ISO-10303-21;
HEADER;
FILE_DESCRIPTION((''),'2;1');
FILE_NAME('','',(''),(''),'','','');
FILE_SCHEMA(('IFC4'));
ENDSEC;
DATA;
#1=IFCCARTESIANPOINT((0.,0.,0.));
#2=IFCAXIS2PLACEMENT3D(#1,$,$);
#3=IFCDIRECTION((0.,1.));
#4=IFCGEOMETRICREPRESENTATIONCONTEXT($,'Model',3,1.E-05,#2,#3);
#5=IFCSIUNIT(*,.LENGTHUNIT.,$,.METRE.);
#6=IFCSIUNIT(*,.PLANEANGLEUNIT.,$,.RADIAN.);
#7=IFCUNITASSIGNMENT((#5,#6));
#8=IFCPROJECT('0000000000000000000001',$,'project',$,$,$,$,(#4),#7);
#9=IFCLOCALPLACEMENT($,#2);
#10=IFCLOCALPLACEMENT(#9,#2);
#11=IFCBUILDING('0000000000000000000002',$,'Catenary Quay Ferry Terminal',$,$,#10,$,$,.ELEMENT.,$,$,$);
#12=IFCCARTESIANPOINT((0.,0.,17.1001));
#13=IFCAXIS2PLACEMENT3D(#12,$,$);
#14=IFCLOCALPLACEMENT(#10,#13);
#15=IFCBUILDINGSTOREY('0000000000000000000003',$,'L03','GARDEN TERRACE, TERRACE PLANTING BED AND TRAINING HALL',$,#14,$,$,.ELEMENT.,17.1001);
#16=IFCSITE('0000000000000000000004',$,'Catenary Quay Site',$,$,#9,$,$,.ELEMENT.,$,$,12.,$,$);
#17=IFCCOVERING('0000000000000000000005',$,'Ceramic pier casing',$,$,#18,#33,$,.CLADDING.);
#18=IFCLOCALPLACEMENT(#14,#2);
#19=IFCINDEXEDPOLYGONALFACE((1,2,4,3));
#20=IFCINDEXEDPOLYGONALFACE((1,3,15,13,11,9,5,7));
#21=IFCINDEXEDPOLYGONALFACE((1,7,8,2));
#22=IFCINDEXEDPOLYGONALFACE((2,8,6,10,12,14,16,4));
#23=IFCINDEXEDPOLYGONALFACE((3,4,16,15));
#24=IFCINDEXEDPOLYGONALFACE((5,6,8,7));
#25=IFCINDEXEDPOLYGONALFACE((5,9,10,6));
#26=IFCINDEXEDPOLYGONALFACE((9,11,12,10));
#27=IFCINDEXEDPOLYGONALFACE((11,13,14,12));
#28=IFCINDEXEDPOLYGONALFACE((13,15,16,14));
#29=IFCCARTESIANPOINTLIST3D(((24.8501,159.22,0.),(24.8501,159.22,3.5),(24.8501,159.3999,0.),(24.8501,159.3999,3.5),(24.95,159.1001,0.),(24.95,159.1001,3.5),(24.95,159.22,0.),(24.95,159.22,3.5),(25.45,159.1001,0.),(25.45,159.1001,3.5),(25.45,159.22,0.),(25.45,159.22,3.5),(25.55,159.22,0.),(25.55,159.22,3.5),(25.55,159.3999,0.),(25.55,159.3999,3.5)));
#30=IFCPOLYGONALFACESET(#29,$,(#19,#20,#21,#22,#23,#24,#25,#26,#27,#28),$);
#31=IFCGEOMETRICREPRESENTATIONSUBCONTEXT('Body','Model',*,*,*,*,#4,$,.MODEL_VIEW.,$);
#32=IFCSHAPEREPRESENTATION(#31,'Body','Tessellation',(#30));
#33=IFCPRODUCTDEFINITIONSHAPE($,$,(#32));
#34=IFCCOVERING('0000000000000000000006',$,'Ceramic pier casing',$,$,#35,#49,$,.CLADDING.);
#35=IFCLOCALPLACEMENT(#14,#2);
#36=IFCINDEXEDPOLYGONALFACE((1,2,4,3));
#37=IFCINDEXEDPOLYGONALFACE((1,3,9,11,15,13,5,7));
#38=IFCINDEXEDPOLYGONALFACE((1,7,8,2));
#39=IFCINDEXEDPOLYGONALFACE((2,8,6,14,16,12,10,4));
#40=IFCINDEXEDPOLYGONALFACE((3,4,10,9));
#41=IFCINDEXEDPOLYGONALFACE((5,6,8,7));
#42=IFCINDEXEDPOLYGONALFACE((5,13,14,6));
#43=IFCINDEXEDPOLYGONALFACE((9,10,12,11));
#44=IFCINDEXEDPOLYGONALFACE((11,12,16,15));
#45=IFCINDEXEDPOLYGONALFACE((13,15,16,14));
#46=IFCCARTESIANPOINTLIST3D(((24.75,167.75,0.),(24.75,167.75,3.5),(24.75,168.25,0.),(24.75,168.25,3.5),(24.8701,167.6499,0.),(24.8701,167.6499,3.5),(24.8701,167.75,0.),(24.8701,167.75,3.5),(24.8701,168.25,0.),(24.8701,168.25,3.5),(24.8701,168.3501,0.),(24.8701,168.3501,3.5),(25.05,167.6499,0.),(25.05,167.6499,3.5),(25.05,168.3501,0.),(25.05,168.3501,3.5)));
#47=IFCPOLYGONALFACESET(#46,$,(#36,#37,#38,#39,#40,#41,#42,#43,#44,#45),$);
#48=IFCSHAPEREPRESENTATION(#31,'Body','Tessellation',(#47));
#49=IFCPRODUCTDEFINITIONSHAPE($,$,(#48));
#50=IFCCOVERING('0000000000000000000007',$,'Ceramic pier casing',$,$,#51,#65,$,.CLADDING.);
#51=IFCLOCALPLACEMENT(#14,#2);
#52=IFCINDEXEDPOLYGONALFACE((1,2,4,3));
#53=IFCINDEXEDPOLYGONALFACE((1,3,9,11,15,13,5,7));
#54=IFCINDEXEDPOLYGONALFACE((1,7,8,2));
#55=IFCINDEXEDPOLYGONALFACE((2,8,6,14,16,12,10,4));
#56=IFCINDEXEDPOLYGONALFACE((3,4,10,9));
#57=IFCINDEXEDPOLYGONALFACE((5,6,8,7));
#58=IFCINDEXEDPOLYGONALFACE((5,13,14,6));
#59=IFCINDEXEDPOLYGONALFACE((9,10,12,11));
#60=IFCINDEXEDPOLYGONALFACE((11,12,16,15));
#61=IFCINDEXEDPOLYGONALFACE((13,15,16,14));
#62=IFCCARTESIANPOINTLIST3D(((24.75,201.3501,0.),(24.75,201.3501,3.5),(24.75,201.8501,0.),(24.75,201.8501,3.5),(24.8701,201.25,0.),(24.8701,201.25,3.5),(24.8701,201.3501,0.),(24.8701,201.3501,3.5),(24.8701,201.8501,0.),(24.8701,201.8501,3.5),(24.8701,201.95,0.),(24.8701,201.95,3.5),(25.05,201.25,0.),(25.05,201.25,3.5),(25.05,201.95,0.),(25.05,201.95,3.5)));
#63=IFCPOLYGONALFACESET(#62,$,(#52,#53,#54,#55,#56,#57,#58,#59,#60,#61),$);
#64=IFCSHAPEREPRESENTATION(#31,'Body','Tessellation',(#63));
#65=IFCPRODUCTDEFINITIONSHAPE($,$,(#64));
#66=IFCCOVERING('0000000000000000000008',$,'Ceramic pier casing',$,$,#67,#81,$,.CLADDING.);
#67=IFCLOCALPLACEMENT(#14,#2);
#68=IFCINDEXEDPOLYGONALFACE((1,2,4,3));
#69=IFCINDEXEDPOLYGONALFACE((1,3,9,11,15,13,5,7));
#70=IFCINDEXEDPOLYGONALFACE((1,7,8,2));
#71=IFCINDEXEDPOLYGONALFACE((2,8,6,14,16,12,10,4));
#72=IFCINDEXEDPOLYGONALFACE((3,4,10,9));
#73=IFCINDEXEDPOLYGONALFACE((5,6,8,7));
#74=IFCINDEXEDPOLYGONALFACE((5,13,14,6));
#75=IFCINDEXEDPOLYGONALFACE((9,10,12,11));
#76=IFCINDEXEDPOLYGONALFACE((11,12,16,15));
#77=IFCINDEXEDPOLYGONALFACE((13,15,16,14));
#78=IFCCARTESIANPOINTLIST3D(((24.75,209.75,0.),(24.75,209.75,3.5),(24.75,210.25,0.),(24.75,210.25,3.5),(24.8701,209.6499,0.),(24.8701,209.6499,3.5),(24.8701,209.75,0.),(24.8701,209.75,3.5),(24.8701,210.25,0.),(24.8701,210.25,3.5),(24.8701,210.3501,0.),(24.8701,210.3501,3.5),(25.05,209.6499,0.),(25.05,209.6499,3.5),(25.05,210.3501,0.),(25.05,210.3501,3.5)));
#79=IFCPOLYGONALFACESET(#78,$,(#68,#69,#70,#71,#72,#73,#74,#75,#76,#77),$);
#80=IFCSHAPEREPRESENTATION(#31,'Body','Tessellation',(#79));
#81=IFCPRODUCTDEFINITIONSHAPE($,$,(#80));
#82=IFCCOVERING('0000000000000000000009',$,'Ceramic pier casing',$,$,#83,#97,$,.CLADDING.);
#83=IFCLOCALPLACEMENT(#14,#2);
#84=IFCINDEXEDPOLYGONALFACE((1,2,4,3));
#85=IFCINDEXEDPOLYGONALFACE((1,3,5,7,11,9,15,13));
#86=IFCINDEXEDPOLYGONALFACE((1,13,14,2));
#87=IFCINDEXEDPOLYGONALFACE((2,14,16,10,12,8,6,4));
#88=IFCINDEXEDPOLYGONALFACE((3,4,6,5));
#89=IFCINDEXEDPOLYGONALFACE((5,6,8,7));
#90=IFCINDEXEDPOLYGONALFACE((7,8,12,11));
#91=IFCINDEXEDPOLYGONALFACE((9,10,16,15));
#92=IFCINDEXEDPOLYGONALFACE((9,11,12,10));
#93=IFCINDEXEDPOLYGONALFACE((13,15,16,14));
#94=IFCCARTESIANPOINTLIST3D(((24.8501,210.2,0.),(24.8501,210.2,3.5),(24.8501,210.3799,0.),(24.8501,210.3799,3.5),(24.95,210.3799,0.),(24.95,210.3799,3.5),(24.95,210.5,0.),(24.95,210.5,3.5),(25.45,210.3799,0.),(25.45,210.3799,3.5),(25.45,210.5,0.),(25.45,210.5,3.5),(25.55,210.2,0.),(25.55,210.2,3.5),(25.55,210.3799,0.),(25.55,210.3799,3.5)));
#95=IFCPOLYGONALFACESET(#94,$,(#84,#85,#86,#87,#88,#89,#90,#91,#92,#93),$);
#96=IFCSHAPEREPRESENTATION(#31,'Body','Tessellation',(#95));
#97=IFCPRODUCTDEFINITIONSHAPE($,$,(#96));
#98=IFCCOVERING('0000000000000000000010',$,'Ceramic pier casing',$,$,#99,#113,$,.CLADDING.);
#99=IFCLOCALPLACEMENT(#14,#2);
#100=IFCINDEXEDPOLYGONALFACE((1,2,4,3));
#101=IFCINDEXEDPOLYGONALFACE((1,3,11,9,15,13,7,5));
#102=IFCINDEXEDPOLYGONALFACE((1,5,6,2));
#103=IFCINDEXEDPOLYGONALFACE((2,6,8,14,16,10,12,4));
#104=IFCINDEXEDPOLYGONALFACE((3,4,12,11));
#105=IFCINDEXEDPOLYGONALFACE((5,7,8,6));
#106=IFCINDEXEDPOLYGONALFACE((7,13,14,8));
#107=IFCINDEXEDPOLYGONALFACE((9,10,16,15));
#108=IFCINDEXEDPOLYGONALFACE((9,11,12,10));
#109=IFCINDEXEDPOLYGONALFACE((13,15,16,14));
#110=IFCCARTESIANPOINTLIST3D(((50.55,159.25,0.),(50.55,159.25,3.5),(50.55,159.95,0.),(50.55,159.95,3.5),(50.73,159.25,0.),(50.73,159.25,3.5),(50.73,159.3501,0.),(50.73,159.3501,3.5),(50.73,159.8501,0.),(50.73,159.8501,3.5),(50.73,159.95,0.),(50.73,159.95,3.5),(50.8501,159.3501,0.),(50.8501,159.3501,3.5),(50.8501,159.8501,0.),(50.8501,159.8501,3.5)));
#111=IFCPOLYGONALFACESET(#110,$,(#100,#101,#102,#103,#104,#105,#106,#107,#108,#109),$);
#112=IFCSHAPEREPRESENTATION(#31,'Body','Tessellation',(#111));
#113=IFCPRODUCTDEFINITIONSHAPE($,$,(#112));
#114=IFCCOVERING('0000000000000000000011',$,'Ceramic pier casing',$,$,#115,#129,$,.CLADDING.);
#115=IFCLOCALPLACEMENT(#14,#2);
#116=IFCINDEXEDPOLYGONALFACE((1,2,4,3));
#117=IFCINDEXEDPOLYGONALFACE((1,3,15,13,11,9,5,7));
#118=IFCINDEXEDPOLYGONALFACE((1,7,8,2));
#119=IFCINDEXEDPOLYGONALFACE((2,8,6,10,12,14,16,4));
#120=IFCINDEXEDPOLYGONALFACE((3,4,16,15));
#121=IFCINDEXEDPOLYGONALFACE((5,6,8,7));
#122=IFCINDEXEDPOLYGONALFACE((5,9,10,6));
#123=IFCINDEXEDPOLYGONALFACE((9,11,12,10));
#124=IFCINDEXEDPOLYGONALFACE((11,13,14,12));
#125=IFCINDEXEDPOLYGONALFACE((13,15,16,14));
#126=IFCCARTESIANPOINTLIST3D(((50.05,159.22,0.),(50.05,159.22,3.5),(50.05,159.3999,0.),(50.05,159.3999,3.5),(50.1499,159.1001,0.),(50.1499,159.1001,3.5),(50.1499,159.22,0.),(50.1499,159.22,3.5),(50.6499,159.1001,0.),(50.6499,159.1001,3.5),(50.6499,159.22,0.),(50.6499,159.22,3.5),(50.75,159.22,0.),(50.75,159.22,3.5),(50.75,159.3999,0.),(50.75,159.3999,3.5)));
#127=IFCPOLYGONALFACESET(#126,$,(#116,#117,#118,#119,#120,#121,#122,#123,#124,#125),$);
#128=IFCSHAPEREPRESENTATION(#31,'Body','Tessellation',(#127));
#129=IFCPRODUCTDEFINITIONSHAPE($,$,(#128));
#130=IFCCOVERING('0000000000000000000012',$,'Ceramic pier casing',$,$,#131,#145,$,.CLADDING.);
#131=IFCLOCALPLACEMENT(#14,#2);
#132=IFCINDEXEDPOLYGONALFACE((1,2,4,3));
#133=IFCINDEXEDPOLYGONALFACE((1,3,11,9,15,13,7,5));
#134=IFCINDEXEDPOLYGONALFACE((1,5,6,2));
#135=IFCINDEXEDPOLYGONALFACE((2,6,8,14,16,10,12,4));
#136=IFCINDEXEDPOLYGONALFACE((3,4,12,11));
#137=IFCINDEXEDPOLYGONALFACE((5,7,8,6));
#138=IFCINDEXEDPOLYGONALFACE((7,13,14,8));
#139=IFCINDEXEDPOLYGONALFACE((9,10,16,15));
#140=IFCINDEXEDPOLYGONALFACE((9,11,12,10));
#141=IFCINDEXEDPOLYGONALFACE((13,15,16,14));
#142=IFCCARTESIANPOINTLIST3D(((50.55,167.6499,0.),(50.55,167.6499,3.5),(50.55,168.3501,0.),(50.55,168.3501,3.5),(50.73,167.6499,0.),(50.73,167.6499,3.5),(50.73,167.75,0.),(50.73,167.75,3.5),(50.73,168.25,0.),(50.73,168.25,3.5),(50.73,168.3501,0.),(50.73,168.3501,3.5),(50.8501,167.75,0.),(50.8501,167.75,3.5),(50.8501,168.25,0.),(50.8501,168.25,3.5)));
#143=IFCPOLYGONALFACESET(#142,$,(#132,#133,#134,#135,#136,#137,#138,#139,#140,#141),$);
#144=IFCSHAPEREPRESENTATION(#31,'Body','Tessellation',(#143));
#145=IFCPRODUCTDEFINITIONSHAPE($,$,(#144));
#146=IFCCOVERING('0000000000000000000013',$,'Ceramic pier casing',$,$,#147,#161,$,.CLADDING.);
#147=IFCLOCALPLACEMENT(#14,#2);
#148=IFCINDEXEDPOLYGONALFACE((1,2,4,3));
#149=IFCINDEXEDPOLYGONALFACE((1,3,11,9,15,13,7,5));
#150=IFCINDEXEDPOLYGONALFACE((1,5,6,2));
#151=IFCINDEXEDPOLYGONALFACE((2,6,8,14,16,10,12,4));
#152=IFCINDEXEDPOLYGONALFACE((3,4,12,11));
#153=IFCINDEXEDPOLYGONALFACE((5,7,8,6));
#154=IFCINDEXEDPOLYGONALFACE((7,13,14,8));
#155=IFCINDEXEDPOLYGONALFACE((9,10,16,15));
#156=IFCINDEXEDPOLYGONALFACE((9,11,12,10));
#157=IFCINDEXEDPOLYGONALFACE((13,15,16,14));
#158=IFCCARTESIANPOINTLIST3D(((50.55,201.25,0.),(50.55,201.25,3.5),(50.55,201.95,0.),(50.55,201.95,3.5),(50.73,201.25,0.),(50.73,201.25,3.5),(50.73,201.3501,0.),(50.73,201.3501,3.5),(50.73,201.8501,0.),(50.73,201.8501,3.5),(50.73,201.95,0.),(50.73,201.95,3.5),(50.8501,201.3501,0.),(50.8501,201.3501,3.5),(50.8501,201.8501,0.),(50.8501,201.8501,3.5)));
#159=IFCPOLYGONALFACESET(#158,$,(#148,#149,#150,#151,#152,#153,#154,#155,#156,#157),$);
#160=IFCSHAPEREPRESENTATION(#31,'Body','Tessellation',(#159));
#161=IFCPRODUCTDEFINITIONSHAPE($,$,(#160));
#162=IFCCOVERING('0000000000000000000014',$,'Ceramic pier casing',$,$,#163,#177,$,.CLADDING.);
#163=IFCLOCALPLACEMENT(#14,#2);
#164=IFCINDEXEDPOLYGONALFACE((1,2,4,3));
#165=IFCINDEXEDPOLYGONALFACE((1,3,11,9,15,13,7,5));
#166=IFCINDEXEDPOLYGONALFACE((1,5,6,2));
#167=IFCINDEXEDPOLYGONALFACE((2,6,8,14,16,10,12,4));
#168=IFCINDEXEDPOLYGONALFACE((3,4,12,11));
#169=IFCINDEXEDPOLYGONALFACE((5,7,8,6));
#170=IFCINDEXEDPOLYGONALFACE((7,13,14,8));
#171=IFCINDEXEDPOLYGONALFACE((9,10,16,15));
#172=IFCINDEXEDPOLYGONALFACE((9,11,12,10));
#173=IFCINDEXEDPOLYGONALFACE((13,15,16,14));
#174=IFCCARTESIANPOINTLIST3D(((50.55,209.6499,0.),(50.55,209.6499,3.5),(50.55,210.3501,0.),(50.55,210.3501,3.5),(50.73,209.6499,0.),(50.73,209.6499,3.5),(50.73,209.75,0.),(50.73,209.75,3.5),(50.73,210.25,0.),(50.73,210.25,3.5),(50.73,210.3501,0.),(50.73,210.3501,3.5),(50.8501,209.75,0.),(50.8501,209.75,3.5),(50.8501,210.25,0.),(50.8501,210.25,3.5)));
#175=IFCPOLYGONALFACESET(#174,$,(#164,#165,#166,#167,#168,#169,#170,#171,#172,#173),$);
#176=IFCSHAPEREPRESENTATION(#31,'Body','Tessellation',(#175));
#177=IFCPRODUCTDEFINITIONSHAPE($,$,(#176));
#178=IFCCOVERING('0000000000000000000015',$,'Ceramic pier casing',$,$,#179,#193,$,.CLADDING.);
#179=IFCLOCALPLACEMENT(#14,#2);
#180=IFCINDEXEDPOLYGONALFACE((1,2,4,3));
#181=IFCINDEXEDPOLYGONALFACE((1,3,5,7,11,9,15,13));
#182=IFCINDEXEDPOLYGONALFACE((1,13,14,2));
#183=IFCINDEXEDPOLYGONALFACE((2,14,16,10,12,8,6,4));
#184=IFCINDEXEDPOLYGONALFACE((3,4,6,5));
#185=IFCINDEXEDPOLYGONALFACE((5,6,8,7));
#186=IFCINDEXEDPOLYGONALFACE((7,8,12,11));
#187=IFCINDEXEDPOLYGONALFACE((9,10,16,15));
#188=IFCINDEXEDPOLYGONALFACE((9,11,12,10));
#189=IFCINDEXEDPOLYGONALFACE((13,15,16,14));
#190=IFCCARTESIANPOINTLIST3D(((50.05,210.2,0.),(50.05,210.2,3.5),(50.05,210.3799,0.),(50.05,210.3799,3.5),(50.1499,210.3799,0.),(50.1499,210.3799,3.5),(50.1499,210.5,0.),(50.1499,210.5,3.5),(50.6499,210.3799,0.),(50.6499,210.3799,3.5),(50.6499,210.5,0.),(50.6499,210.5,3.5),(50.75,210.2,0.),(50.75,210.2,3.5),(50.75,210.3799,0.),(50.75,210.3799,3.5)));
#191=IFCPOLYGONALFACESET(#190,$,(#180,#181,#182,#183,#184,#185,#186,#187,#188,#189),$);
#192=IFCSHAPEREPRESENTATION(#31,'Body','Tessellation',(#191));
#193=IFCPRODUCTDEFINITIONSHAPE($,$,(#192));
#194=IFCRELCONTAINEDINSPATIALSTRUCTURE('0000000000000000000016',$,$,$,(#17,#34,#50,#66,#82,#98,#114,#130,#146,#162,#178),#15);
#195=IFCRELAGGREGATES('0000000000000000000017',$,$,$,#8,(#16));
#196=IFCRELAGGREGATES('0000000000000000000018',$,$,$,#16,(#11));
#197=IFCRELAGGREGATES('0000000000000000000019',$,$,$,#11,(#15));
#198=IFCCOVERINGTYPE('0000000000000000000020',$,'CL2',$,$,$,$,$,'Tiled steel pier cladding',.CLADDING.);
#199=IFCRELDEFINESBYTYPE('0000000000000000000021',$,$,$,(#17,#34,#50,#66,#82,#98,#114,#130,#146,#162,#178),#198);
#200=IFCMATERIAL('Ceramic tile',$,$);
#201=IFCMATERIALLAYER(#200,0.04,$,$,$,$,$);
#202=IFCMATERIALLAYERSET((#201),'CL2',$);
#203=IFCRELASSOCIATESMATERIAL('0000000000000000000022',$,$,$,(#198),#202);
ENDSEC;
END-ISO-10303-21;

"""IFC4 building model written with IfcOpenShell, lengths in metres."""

from ifc_helpers import new_model, si_unit, direction, frame, origin, place, context, subcontext, project, spatial, polyline, outline, extrude, material, layer, layer_set, type_object, element, save


model = new_model("IFC4")

# Units and contexts
model_context = context("Model", 3, precision=1e-05, world=origin(), true_north=direction((0.0, 1.0)))
body_context = subcontext(model_context, "Body", "Model", "MODEL_VIEW")
ifc_project = project(units=[si_unit("LENGTHUNIT", "METRE"), si_unit("PLANEANGLEUNIT", "RADIAN")], contexts=[model_context])

# Site, building, storey
site_placement = place(None, origin())
site = spatial("IfcSite", under=ifc_project, at=site_placement, Name="Catenary Quay Site", CompositionType="ELEMENT", RefElevation=12.0)
building_placement = place(site_placement, origin())
building = spatial("IfcBuilding", under=site, at=building_placement, Name="Catenary Quay Ferry Terminal", CompositionType="ELEMENT")
storey_placement = place(building_placement, frame((0.0, 0.0, 17.1001)))
storey = spatial("IfcBuildingStorey", under=building, at=storey_placement, Name="L03", Description="GARDEN TERRACE, TERRACE PLANTING BED AND TRAINING HALL", CompositionType="ELEMENT", Elevation=17.1001)

# Coverings
ifc_material_1 = material(Name="Ceramic tile")
ifc_layer_1 = layer(ifc_material_1, 0.04)
ifc_layer_set_1 = layer_set([ifc_layer_1], Name="CL2")
covering_type_1 = type_object("IfcCoveringType", Name="CL2", ElementType="Tiled steel pier cladding", PredefinedType="CLADDING", material=ifc_layer_set_1)
covering_1_placement = place(storey_placement, origin())
element("IfcCovering", 1, at=covering_1_placement, inside=storey, type_object=covering_type_1, Name="Ceramic pier casing", PredefinedType="CLADDING", context=body_context, shape_type="SweptSolid", body=[
    extrude(outline(polyline([(24.8501, 159.3999), (24.8501, 159.22), (24.95, 159.22), (24.95, 159.1001), (25.45, 159.1001), (25.45, 159.22), (25.55, 159.22), (25.55, 159.3999), (24.8501, 159.3999)])), origin(), (0.0, 0.0, 1.0), 3.5),
])
covering_2_placement = place(storey_placement, origin())
element("IfcCovering", 2, at=covering_2_placement, inside=storey, type_object=covering_type_1, Name="Ceramic pier casing", PredefinedType="CLADDING", context=body_context, shape_type="SweptSolid", body=[
    extrude(outline(polyline([(25.05, 168.3501), (24.8701, 168.3501), (24.8701, 168.25), (24.75, 168.25), (24.75, 167.75), (24.8701, 167.75), (24.8701, 167.6499), (25.05, 167.6499), (25.05, 168.3501)])), origin(), (0.0, 0.0, 1.0), 3.5),
])
covering_3_placement = place(storey_placement, origin())
element("IfcCovering", 3, at=covering_3_placement, inside=storey, type_object=covering_type_1, Name="Ceramic pier casing", PredefinedType="CLADDING", context=body_context, shape_type="SweptSolid", body=[
    extrude(outline(polyline([(25.05, 201.95), (24.8701, 201.95), (24.8701, 201.8501), (24.75, 201.8501), (24.75, 201.3501), (24.8701, 201.3501), (24.8701, 201.25), (25.05, 201.25), (25.05, 201.95)])), origin(), (0.0, 0.0, 1.0), 3.5),
])
covering_4_placement = place(storey_placement, origin())
element("IfcCovering", 4, at=covering_4_placement, inside=storey, type_object=covering_type_1, Name="Ceramic pier casing", PredefinedType="CLADDING", context=body_context, shape_type="SweptSolid", body=[
    extrude(outline(polyline([(25.05, 210.3501), (24.8701, 210.3501), (24.8701, 210.25), (24.75, 210.25), (24.75, 209.75), (24.8701, 209.75), (24.8701, 209.6499), (25.05, 209.6499), (25.05, 210.3501)])), origin(), (0.0, 0.0, 1.0), 3.5),
])
covering_5_placement = place(storey_placement, origin())
element("IfcCovering", 5, at=covering_5_placement, inside=storey, type_object=covering_type_1, Name="Ceramic pier casing", PredefinedType="CLADDING", context=body_context, shape_type="SweptSolid", body=[
    extrude(outline(polyline([(25.55, 210.2), (25.55, 210.3799), (25.45, 210.3799), (25.45, 210.5), (24.95, 210.5), (24.95, 210.3799), (24.8501, 210.3799), (24.8501, 210.2), (25.55, 210.2)])), origin(), (0.0, 0.0, 1.0), 3.5),
])
covering_6_placement = place(storey_placement, origin())
element("IfcCovering", 6, at=covering_6_placement, inside=storey, type_object=covering_type_1, Name="Ceramic pier casing", PredefinedType="CLADDING", context=body_context, shape_type="SweptSolid", body=[
    extrude(outline(polyline([(50.55, 159.25), (50.73, 159.25), (50.73, 159.3501), (50.8501, 159.3501), (50.8501, 159.8501), (50.73, 159.8501), (50.73, 159.95), (50.55, 159.95), (50.55, 159.25)])), origin(), (0.0, 0.0, 1.0), 3.5),
])
covering_7_placement = place(storey_placement, origin())
element("IfcCovering", 7, at=covering_7_placement, inside=storey, type_object=covering_type_1, Name="Ceramic pier casing", PredefinedType="CLADDING", context=body_context, shape_type="SweptSolid", body=[
    extrude(outline(polyline([(50.05, 159.3999), (50.05, 159.22), (50.1499, 159.22), (50.1499, 159.1001), (50.6499, 159.1001), (50.6499, 159.22), (50.75, 159.22), (50.75, 159.3999), (50.05, 159.3999)])), origin(), (0.0, 0.0, 1.0), 3.5),
])
covering_8_placement = place(storey_placement, origin())
element("IfcCovering", 8, at=covering_8_placement, inside=storey, type_object=covering_type_1, Name="Ceramic pier casing", PredefinedType="CLADDING", context=body_context, shape_type="SweptSolid", body=[
    extrude(outline(polyline([(50.55, 167.6499), (50.73, 167.6499), (50.73, 167.75), (50.8501, 167.75), (50.8501, 168.25), (50.73, 168.25), (50.73, 168.3501), (50.55, 168.3501), (50.55, 167.6499)])), origin(), (0.0, 0.0, 1.0), 3.5),
])
covering_9_placement = place(storey_placement, origin())
element("IfcCovering", 9, at=covering_9_placement, inside=storey, type_object=covering_type_1, Name="Ceramic pier casing", PredefinedType="CLADDING", context=body_context, shape_type="SweptSolid", body=[
    extrude(outline(polyline([(50.55, 201.25), (50.73, 201.25), (50.73, 201.3501), (50.8501, 201.3501), (50.8501, 201.8501), (50.73, 201.8501), (50.73, 201.95), (50.55, 201.95), (50.55, 201.25)])), origin(), (0.0, 0.0, 1.0), 3.5),
])
covering_10_placement = place(storey_placement, origin())
element("IfcCovering", 10, at=covering_10_placement, inside=storey, type_object=covering_type_1, Name="Ceramic pier casing", PredefinedType="CLADDING", context=body_context, shape_type="SweptSolid", body=[
    extrude(outline(polyline([(50.55, 209.6499), (50.73, 209.6499), (50.73, 209.75), (50.8501, 209.75), (50.8501, 210.25), (50.73, 210.25), (50.73, 210.3501), (50.55, 210.3501), (50.55, 209.6499)])), origin(), (0.0, 0.0, 1.0), 3.5),
])
covering_11_placement = place(storey_placement, origin())
element("IfcCovering", 11, at=covering_11_placement, inside=storey, type_object=covering_type_1, Name="Ceramic pier casing", PredefinedType="CLADDING", context=body_context, shape_type="SweptSolid", body=[
    extrude(outline(polyline([(50.75, 210.2), (50.75, 210.3799), (50.6499, 210.3799), (50.6499, 210.5), (50.1499, 210.5), (50.1499, 210.3799), (50.05, 210.3799), (50.05, 210.2), (50.75, 210.2)])), origin(), (0.0, 0.0, 1.0), 3.5),
])

save(model, "model.ifc")
